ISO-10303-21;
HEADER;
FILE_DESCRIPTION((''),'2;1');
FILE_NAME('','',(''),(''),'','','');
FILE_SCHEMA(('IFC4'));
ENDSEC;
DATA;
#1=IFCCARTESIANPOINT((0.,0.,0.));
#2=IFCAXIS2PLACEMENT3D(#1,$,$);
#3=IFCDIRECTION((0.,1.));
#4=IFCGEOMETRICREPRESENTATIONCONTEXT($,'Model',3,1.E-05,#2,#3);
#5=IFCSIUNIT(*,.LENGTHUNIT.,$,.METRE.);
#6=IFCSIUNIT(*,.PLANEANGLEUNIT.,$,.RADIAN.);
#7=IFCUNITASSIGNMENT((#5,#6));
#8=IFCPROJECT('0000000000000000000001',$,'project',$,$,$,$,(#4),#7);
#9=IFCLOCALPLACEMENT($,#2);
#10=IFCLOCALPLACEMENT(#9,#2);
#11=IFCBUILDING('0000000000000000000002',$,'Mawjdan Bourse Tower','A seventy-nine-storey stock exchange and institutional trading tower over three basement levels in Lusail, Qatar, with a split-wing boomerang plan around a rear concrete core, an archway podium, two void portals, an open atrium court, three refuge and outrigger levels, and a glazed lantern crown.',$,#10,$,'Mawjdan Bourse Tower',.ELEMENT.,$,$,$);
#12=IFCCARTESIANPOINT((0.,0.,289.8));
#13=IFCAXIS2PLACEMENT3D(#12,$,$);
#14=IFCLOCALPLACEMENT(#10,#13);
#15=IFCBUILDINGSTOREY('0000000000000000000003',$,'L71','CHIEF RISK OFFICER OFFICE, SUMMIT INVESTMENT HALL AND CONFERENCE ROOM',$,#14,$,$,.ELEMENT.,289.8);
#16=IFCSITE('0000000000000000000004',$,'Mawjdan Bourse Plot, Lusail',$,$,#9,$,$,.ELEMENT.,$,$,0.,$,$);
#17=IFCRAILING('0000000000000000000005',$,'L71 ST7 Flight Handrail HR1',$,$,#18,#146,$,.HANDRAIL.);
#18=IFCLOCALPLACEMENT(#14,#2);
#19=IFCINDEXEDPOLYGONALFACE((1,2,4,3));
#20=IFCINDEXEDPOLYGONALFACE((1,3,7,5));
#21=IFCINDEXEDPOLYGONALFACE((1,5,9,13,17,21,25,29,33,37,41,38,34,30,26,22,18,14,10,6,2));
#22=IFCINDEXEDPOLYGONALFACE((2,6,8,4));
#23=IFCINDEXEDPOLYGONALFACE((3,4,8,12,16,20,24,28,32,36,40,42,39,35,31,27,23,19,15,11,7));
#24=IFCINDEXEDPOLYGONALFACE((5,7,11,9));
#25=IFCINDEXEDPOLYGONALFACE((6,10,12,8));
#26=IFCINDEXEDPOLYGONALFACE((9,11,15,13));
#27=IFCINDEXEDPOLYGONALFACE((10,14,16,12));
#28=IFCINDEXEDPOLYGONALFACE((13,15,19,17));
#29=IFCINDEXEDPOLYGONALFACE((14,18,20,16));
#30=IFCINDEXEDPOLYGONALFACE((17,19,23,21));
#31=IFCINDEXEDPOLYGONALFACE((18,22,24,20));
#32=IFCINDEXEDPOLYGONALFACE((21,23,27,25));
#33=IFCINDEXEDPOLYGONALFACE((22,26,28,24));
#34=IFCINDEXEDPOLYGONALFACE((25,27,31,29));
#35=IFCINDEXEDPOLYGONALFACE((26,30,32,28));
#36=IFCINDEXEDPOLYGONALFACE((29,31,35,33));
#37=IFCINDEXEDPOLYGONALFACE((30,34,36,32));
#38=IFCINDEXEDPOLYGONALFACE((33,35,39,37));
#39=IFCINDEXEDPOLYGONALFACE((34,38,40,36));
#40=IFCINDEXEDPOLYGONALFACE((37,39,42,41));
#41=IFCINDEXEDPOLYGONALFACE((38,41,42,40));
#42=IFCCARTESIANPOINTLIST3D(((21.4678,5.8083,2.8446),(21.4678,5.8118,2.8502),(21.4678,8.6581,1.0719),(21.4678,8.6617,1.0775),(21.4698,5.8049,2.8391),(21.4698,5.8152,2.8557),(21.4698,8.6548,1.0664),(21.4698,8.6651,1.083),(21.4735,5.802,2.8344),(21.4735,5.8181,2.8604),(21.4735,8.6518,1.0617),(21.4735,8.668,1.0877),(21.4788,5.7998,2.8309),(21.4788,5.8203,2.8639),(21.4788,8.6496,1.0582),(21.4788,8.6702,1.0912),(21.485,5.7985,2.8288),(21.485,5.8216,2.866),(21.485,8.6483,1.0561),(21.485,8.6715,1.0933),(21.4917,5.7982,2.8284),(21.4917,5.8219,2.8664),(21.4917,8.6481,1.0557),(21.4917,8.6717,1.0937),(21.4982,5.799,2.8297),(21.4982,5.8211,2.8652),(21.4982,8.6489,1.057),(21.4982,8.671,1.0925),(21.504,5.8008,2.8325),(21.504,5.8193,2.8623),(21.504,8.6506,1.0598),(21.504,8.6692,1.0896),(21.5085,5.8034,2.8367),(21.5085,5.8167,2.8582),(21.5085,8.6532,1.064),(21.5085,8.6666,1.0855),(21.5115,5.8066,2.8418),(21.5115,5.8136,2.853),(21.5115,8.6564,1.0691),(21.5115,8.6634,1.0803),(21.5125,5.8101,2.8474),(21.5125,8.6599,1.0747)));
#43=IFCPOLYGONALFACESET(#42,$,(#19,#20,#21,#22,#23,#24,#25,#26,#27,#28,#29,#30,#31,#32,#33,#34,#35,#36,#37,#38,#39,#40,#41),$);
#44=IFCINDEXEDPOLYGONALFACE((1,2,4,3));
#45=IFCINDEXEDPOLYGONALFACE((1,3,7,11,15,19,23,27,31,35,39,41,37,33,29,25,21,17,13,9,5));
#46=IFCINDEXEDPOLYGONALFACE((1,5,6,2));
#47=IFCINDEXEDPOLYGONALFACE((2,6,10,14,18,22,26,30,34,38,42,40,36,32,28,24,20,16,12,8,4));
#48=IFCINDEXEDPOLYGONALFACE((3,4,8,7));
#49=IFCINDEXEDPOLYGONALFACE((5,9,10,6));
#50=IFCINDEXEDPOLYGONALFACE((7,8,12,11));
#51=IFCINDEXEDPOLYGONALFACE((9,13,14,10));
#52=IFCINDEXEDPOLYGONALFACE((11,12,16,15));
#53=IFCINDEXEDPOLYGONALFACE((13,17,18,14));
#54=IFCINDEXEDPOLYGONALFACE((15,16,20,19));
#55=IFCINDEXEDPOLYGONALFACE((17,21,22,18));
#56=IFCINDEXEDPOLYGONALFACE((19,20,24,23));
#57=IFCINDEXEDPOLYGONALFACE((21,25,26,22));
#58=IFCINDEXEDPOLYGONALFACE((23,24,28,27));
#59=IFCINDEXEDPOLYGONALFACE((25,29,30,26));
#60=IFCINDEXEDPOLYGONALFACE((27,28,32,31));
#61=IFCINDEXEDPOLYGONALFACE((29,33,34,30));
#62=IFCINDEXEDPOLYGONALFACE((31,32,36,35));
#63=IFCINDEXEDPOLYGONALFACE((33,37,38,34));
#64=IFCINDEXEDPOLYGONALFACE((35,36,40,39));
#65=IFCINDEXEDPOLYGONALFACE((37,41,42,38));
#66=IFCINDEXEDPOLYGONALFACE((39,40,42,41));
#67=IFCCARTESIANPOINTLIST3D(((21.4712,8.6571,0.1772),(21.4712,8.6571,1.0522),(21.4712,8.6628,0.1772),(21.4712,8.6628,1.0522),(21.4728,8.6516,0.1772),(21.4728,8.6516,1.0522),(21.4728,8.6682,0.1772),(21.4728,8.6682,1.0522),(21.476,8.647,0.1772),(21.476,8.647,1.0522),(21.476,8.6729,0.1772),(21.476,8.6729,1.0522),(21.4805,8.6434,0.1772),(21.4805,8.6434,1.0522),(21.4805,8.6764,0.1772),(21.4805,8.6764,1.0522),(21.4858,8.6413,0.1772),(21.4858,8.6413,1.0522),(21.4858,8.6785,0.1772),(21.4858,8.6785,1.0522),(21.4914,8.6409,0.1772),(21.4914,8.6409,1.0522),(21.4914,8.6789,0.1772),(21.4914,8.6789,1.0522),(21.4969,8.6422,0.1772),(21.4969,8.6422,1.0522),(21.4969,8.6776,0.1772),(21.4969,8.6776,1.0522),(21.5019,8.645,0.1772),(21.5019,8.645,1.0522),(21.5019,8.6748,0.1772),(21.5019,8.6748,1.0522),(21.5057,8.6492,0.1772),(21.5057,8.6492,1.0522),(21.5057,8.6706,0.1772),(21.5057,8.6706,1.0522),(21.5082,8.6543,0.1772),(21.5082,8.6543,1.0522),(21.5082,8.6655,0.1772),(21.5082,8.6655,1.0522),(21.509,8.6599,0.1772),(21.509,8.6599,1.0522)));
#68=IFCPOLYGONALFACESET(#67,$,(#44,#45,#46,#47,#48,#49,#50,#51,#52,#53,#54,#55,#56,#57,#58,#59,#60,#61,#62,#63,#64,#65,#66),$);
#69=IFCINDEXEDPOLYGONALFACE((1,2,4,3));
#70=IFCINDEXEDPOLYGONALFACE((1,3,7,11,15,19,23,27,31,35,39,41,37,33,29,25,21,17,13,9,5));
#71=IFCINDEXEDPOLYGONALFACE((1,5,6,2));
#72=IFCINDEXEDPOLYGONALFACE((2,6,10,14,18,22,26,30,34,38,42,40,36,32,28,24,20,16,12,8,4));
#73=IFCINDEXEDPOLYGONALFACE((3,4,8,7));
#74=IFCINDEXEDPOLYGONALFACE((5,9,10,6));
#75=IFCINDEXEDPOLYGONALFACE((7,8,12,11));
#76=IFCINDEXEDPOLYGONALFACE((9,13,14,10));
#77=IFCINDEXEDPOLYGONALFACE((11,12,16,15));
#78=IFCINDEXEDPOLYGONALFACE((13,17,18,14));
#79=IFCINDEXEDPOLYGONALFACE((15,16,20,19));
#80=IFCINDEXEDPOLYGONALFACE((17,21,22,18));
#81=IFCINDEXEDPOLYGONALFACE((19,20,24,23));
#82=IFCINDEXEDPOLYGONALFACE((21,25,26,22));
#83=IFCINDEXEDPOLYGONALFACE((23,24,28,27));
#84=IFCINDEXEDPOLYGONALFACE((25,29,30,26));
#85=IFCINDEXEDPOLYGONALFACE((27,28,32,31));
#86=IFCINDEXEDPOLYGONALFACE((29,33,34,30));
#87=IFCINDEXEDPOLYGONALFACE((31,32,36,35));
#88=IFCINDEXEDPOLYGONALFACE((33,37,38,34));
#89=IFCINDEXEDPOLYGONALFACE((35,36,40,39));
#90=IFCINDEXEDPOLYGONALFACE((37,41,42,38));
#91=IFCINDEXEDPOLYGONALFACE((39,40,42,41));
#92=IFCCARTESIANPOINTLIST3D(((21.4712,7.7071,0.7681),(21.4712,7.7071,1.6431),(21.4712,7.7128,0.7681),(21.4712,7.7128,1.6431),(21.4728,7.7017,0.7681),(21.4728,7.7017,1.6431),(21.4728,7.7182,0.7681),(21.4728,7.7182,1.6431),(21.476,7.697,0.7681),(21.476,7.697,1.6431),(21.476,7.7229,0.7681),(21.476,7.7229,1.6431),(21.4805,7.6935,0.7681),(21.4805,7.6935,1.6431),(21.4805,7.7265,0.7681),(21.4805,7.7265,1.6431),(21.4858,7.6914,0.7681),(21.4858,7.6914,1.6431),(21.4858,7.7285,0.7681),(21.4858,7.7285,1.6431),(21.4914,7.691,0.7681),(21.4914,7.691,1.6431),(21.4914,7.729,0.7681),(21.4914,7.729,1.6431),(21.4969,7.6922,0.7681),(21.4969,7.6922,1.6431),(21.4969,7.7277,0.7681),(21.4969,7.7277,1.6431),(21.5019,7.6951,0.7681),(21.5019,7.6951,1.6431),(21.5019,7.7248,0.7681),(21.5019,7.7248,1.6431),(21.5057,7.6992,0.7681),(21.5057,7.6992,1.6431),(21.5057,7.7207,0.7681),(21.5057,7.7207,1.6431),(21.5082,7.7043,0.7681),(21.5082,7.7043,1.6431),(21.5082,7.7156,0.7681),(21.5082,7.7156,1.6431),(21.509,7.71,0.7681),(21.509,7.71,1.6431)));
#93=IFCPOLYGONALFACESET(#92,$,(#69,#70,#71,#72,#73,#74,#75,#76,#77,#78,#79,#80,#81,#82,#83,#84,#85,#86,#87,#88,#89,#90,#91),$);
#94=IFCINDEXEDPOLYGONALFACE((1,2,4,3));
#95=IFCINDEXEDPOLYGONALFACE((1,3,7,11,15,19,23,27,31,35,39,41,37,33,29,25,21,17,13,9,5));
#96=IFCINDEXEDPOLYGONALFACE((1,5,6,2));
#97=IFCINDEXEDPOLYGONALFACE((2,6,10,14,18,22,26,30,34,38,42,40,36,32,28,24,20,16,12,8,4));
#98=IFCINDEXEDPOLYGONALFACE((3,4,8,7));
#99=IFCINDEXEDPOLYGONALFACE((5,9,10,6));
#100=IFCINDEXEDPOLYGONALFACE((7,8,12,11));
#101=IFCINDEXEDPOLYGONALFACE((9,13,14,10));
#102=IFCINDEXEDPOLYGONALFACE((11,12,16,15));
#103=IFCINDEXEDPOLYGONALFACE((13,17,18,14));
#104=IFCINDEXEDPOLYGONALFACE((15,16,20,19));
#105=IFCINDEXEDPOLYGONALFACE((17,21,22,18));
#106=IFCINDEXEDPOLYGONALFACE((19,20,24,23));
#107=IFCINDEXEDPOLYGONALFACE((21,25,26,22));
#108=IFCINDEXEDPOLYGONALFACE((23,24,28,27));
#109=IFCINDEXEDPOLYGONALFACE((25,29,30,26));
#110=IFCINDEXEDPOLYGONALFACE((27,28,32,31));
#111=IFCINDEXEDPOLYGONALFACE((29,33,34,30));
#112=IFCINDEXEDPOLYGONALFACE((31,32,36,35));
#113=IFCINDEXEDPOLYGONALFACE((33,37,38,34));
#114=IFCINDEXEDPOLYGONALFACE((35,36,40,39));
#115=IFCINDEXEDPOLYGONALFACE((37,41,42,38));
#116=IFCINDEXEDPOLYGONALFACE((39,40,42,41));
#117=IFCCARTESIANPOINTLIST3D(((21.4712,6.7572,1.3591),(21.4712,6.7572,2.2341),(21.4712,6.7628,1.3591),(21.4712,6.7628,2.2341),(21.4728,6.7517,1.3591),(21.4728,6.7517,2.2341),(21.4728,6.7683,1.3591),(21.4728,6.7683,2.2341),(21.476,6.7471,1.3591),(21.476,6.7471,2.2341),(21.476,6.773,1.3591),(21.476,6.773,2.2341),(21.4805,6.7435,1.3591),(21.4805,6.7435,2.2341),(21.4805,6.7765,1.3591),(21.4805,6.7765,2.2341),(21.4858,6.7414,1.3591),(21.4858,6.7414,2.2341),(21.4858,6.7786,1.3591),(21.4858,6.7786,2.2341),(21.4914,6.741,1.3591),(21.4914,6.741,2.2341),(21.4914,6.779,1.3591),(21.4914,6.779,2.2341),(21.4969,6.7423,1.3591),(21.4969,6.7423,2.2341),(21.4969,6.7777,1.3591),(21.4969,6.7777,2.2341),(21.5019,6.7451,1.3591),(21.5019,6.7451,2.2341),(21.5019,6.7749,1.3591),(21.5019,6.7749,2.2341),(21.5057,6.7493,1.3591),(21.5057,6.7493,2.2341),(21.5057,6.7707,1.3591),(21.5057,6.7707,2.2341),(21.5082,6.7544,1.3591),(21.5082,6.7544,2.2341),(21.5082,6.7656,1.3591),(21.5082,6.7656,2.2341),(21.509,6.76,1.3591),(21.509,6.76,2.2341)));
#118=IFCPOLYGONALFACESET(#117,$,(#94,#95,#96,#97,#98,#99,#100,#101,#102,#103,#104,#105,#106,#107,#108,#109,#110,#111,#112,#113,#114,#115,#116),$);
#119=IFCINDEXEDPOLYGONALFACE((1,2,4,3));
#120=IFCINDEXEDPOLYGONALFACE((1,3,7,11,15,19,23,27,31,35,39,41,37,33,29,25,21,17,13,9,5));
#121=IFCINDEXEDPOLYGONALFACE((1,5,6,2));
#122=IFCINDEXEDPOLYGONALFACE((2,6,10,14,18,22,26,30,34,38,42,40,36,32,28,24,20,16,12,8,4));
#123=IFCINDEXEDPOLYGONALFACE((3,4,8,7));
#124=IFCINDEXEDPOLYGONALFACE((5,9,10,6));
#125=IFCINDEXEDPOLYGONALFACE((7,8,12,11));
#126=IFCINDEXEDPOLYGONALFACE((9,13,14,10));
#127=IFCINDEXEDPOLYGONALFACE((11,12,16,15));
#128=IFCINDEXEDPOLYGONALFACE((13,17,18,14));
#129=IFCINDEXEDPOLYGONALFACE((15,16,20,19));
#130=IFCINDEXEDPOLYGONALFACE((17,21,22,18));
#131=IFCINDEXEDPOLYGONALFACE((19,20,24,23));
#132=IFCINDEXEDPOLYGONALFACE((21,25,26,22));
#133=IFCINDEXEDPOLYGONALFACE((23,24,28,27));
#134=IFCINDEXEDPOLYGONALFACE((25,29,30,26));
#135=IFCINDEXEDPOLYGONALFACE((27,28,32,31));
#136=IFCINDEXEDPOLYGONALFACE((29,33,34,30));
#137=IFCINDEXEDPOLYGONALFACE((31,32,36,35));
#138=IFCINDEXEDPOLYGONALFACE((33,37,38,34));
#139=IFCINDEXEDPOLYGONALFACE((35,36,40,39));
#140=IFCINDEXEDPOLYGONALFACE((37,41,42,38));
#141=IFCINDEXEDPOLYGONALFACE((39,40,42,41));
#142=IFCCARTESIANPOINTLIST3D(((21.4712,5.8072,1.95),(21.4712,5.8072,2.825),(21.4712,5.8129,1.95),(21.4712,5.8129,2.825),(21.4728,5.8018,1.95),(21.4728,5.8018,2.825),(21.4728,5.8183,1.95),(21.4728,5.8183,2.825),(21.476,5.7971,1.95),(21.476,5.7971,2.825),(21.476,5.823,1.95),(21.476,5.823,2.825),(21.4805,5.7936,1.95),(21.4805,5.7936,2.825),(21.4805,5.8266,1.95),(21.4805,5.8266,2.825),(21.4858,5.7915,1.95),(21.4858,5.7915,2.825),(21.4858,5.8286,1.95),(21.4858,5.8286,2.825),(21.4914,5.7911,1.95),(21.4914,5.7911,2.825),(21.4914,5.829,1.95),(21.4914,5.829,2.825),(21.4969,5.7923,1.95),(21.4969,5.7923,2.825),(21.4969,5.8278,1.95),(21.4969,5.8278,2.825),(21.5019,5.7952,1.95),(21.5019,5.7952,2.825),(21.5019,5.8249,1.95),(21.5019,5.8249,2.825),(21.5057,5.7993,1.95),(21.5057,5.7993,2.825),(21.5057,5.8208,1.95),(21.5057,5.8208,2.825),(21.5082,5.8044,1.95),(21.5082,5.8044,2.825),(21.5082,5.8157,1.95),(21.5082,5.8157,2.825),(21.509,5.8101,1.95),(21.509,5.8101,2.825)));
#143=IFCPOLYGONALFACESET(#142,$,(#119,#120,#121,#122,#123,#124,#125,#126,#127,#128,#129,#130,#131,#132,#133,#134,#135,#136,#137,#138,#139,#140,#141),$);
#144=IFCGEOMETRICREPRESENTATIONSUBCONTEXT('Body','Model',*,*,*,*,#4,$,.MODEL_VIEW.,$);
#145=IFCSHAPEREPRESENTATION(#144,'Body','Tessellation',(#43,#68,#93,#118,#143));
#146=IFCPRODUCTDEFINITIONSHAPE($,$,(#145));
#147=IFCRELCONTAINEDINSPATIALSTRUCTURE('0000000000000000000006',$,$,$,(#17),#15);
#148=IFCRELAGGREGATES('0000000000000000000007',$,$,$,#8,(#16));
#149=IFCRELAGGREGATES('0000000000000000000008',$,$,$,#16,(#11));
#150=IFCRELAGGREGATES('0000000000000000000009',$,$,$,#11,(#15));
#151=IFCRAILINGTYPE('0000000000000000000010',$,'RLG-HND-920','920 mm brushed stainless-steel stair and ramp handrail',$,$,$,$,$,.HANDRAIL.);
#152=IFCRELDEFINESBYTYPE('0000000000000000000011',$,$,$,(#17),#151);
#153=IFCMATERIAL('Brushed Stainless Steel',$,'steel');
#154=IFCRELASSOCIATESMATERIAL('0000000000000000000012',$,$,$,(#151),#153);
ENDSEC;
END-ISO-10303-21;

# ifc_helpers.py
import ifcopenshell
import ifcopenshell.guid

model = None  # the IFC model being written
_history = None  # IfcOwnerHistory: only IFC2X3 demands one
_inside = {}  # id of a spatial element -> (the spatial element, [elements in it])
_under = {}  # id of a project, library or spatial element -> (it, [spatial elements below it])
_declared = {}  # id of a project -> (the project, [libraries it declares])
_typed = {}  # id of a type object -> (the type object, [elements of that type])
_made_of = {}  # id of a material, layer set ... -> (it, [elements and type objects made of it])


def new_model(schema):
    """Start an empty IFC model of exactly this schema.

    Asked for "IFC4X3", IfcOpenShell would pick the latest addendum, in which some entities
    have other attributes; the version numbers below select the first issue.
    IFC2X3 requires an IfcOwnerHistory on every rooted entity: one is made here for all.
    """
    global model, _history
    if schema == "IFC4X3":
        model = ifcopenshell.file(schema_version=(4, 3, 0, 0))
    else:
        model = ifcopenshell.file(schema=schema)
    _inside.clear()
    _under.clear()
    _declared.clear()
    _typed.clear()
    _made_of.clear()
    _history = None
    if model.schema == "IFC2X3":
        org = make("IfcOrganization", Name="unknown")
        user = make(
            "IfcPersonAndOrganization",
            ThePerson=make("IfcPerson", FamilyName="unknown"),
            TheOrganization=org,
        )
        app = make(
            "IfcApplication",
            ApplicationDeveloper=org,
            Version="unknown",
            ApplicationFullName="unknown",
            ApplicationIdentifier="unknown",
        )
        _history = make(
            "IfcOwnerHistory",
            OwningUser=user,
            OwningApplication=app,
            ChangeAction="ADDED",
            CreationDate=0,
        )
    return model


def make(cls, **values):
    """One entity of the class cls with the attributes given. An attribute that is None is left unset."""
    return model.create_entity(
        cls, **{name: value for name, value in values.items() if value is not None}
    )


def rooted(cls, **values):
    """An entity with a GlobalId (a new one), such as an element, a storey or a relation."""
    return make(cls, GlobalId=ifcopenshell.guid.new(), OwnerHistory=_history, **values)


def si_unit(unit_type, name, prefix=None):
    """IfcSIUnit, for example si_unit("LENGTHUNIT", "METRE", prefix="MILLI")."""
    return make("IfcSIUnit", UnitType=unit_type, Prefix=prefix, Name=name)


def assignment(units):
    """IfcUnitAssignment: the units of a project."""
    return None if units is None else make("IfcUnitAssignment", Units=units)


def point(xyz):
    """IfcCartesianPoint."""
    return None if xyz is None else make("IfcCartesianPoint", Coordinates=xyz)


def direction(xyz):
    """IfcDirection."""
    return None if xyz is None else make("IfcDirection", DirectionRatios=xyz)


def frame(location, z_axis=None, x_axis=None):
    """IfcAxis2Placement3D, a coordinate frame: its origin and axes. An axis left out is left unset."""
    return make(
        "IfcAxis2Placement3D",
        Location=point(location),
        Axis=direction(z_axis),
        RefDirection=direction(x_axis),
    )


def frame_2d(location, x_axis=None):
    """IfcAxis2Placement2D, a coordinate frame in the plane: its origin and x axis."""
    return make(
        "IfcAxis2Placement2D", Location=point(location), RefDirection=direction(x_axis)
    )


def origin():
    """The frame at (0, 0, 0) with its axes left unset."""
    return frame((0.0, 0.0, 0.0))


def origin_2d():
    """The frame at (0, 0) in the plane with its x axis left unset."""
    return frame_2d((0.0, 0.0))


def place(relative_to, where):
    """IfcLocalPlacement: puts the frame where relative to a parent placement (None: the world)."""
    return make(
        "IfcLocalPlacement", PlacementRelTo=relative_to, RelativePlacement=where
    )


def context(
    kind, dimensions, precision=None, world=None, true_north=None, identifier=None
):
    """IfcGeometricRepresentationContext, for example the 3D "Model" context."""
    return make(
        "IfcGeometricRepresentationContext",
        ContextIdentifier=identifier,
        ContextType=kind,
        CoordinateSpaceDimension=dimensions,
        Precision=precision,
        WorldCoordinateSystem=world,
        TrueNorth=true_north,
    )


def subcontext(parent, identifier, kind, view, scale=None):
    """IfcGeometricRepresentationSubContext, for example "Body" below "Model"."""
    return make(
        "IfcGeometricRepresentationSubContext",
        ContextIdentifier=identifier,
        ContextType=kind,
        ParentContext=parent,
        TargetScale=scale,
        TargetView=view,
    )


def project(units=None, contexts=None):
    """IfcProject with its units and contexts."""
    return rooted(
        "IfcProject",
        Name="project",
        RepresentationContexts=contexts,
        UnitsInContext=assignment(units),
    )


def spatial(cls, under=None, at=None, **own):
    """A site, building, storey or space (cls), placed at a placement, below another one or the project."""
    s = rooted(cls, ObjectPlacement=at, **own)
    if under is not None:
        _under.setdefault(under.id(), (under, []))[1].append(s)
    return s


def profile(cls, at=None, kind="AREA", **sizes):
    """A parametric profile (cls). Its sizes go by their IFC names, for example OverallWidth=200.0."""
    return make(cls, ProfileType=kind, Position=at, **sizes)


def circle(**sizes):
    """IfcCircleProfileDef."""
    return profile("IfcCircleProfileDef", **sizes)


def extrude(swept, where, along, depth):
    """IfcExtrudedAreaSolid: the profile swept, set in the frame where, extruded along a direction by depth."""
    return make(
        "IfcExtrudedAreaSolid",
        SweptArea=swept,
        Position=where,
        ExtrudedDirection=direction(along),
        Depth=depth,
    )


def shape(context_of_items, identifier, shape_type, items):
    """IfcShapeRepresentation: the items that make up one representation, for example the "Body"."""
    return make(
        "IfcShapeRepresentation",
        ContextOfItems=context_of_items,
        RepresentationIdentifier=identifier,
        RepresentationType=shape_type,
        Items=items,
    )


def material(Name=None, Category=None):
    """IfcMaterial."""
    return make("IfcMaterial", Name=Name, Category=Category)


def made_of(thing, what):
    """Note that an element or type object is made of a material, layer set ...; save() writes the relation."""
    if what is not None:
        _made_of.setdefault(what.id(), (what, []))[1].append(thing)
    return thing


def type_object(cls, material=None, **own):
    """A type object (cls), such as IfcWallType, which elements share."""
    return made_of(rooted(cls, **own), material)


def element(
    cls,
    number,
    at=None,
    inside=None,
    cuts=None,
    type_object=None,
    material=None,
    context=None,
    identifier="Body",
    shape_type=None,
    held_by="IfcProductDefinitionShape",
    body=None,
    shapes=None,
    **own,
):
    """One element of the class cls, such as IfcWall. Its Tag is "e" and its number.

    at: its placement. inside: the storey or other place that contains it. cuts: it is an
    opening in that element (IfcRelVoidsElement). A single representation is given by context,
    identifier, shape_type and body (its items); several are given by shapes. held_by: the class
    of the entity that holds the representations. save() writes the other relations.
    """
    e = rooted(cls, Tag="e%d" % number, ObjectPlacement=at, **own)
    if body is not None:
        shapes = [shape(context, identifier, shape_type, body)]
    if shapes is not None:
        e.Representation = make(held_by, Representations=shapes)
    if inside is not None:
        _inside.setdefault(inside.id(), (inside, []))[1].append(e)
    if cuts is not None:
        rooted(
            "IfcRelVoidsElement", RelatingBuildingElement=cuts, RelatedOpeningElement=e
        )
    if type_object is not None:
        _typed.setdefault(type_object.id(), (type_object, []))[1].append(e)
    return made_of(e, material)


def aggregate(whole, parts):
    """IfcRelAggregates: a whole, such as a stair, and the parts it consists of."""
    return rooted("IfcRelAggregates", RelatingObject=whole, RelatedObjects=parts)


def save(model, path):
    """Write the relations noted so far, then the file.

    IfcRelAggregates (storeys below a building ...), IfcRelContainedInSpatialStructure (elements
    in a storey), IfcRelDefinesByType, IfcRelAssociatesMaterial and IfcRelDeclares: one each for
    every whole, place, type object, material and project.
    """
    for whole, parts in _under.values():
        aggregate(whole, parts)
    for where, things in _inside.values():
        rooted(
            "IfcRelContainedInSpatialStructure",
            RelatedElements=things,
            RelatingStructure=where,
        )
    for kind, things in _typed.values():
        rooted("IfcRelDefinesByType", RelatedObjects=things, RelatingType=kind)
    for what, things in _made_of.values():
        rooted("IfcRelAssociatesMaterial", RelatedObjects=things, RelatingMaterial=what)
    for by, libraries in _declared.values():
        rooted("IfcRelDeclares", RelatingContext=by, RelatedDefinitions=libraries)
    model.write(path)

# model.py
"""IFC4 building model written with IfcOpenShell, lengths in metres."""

from ifc_helpers import new_model, si_unit, direction, frame, origin, origin_2d, place, context, subcontext, project, spatial, circle, extrude, material, type_object, element, save


model = new_model("IFC4")

# Units and contexts
model_context = context("Model", 3, precision=1e-05, world=origin(), true_north=direction((0.0, 1.0)))
body_context = subcontext(model_context, "Body", "Model", "MODEL_VIEW")
ifc_project = project(units=[si_unit("LENGTHUNIT", "METRE"), si_unit("PLANEANGLEUNIT", "RADIAN")], contexts=[model_context])

# Site, building, storey
site_placement = place(None, origin())
site = spatial("IfcSite", under=ifc_project, at=site_placement, Name="Mawjdan Bourse Plot, Lusail", CompositionType="ELEMENT", RefElevation=0.0)
building_placement = place(site_placement, origin())
building = spatial("IfcBuilding", under=site, at=building_placement, Name="Mawjdan Bourse Tower", Description="A seventy-nine-storey stock exchange and institutional trading tower over three basement levels in Lusail, Qatar, with a split-wing boomerang plan around a rear concrete core, an archway podium, two void portals, an open atrium court, three refuge and outrigger levels, and a glazed lantern crown.", LongName="Mawjdan Bourse Tower", CompositionType="ELEMENT")
storey_placement = place(building_placement, frame((0.0, 0.0, 289.8)))
storey = spatial("IfcBuildingStorey", under=building, at=storey_placement, Name="L71", Description="CHIEF RISK OFFICER OFFICE, SUMMIT INVESTMENT HALL AND CONFERENCE ROOM", CompositionType="ELEMENT", Elevation=289.8)

# Railing
ifc_material_1 = material(Name="Brushed Stainless Steel", Category="steel")
railing_type_1 = type_object("IfcRailingType", Name="RLG-HND-920", Description="920 mm brushed stainless-steel stair and ramp handrail", PredefinedType="HANDRAIL", material=ifc_material_1)
railing_1_placement = place(storey_placement, frame((21.49, 8.6599, 0.1772)))
element("IfcRailing", 1, at=railing_1_placement, inside=storey, type_object=railing_type_1, Name="L71 ST7 Flight Handrail HR1", PredefinedType="HANDRAIL", context=body_context, shape_type="SweptSolid", body=[
    extrude(circle(Radius=0.0225, at=origin_2d()), frame((0.0, 0.0, 0.8975), z_axis=(0.0, -0.849128, 0.528187), x_axis=(1.0, 0.0, 0.0)), (0.0, 0.0, 1.0), 3.3562),
    extrude(circle(Radius=0.019, at=origin_2d()), origin(), (0.0, 0.0, 1.0), 0.875),
    extrude(circle(Radius=0.019, at=origin_2d()), frame((0.0, -0.95, 0.5908)), (0.0, 0.0, 1.0), 0.875),
    extrude(circle(Radius=0.019, at=origin_2d()), frame((0.0, -1.8999, 1.1819)), (0.0, 0.0, 1.0), 0.875),
    extrude(circle(Radius=0.019, at=origin_2d()), frame((0.0, -2.8499, 1.7727)), (0.0, 0.0, 1.0), 0.875),
])

save(model, "model.ifc")
